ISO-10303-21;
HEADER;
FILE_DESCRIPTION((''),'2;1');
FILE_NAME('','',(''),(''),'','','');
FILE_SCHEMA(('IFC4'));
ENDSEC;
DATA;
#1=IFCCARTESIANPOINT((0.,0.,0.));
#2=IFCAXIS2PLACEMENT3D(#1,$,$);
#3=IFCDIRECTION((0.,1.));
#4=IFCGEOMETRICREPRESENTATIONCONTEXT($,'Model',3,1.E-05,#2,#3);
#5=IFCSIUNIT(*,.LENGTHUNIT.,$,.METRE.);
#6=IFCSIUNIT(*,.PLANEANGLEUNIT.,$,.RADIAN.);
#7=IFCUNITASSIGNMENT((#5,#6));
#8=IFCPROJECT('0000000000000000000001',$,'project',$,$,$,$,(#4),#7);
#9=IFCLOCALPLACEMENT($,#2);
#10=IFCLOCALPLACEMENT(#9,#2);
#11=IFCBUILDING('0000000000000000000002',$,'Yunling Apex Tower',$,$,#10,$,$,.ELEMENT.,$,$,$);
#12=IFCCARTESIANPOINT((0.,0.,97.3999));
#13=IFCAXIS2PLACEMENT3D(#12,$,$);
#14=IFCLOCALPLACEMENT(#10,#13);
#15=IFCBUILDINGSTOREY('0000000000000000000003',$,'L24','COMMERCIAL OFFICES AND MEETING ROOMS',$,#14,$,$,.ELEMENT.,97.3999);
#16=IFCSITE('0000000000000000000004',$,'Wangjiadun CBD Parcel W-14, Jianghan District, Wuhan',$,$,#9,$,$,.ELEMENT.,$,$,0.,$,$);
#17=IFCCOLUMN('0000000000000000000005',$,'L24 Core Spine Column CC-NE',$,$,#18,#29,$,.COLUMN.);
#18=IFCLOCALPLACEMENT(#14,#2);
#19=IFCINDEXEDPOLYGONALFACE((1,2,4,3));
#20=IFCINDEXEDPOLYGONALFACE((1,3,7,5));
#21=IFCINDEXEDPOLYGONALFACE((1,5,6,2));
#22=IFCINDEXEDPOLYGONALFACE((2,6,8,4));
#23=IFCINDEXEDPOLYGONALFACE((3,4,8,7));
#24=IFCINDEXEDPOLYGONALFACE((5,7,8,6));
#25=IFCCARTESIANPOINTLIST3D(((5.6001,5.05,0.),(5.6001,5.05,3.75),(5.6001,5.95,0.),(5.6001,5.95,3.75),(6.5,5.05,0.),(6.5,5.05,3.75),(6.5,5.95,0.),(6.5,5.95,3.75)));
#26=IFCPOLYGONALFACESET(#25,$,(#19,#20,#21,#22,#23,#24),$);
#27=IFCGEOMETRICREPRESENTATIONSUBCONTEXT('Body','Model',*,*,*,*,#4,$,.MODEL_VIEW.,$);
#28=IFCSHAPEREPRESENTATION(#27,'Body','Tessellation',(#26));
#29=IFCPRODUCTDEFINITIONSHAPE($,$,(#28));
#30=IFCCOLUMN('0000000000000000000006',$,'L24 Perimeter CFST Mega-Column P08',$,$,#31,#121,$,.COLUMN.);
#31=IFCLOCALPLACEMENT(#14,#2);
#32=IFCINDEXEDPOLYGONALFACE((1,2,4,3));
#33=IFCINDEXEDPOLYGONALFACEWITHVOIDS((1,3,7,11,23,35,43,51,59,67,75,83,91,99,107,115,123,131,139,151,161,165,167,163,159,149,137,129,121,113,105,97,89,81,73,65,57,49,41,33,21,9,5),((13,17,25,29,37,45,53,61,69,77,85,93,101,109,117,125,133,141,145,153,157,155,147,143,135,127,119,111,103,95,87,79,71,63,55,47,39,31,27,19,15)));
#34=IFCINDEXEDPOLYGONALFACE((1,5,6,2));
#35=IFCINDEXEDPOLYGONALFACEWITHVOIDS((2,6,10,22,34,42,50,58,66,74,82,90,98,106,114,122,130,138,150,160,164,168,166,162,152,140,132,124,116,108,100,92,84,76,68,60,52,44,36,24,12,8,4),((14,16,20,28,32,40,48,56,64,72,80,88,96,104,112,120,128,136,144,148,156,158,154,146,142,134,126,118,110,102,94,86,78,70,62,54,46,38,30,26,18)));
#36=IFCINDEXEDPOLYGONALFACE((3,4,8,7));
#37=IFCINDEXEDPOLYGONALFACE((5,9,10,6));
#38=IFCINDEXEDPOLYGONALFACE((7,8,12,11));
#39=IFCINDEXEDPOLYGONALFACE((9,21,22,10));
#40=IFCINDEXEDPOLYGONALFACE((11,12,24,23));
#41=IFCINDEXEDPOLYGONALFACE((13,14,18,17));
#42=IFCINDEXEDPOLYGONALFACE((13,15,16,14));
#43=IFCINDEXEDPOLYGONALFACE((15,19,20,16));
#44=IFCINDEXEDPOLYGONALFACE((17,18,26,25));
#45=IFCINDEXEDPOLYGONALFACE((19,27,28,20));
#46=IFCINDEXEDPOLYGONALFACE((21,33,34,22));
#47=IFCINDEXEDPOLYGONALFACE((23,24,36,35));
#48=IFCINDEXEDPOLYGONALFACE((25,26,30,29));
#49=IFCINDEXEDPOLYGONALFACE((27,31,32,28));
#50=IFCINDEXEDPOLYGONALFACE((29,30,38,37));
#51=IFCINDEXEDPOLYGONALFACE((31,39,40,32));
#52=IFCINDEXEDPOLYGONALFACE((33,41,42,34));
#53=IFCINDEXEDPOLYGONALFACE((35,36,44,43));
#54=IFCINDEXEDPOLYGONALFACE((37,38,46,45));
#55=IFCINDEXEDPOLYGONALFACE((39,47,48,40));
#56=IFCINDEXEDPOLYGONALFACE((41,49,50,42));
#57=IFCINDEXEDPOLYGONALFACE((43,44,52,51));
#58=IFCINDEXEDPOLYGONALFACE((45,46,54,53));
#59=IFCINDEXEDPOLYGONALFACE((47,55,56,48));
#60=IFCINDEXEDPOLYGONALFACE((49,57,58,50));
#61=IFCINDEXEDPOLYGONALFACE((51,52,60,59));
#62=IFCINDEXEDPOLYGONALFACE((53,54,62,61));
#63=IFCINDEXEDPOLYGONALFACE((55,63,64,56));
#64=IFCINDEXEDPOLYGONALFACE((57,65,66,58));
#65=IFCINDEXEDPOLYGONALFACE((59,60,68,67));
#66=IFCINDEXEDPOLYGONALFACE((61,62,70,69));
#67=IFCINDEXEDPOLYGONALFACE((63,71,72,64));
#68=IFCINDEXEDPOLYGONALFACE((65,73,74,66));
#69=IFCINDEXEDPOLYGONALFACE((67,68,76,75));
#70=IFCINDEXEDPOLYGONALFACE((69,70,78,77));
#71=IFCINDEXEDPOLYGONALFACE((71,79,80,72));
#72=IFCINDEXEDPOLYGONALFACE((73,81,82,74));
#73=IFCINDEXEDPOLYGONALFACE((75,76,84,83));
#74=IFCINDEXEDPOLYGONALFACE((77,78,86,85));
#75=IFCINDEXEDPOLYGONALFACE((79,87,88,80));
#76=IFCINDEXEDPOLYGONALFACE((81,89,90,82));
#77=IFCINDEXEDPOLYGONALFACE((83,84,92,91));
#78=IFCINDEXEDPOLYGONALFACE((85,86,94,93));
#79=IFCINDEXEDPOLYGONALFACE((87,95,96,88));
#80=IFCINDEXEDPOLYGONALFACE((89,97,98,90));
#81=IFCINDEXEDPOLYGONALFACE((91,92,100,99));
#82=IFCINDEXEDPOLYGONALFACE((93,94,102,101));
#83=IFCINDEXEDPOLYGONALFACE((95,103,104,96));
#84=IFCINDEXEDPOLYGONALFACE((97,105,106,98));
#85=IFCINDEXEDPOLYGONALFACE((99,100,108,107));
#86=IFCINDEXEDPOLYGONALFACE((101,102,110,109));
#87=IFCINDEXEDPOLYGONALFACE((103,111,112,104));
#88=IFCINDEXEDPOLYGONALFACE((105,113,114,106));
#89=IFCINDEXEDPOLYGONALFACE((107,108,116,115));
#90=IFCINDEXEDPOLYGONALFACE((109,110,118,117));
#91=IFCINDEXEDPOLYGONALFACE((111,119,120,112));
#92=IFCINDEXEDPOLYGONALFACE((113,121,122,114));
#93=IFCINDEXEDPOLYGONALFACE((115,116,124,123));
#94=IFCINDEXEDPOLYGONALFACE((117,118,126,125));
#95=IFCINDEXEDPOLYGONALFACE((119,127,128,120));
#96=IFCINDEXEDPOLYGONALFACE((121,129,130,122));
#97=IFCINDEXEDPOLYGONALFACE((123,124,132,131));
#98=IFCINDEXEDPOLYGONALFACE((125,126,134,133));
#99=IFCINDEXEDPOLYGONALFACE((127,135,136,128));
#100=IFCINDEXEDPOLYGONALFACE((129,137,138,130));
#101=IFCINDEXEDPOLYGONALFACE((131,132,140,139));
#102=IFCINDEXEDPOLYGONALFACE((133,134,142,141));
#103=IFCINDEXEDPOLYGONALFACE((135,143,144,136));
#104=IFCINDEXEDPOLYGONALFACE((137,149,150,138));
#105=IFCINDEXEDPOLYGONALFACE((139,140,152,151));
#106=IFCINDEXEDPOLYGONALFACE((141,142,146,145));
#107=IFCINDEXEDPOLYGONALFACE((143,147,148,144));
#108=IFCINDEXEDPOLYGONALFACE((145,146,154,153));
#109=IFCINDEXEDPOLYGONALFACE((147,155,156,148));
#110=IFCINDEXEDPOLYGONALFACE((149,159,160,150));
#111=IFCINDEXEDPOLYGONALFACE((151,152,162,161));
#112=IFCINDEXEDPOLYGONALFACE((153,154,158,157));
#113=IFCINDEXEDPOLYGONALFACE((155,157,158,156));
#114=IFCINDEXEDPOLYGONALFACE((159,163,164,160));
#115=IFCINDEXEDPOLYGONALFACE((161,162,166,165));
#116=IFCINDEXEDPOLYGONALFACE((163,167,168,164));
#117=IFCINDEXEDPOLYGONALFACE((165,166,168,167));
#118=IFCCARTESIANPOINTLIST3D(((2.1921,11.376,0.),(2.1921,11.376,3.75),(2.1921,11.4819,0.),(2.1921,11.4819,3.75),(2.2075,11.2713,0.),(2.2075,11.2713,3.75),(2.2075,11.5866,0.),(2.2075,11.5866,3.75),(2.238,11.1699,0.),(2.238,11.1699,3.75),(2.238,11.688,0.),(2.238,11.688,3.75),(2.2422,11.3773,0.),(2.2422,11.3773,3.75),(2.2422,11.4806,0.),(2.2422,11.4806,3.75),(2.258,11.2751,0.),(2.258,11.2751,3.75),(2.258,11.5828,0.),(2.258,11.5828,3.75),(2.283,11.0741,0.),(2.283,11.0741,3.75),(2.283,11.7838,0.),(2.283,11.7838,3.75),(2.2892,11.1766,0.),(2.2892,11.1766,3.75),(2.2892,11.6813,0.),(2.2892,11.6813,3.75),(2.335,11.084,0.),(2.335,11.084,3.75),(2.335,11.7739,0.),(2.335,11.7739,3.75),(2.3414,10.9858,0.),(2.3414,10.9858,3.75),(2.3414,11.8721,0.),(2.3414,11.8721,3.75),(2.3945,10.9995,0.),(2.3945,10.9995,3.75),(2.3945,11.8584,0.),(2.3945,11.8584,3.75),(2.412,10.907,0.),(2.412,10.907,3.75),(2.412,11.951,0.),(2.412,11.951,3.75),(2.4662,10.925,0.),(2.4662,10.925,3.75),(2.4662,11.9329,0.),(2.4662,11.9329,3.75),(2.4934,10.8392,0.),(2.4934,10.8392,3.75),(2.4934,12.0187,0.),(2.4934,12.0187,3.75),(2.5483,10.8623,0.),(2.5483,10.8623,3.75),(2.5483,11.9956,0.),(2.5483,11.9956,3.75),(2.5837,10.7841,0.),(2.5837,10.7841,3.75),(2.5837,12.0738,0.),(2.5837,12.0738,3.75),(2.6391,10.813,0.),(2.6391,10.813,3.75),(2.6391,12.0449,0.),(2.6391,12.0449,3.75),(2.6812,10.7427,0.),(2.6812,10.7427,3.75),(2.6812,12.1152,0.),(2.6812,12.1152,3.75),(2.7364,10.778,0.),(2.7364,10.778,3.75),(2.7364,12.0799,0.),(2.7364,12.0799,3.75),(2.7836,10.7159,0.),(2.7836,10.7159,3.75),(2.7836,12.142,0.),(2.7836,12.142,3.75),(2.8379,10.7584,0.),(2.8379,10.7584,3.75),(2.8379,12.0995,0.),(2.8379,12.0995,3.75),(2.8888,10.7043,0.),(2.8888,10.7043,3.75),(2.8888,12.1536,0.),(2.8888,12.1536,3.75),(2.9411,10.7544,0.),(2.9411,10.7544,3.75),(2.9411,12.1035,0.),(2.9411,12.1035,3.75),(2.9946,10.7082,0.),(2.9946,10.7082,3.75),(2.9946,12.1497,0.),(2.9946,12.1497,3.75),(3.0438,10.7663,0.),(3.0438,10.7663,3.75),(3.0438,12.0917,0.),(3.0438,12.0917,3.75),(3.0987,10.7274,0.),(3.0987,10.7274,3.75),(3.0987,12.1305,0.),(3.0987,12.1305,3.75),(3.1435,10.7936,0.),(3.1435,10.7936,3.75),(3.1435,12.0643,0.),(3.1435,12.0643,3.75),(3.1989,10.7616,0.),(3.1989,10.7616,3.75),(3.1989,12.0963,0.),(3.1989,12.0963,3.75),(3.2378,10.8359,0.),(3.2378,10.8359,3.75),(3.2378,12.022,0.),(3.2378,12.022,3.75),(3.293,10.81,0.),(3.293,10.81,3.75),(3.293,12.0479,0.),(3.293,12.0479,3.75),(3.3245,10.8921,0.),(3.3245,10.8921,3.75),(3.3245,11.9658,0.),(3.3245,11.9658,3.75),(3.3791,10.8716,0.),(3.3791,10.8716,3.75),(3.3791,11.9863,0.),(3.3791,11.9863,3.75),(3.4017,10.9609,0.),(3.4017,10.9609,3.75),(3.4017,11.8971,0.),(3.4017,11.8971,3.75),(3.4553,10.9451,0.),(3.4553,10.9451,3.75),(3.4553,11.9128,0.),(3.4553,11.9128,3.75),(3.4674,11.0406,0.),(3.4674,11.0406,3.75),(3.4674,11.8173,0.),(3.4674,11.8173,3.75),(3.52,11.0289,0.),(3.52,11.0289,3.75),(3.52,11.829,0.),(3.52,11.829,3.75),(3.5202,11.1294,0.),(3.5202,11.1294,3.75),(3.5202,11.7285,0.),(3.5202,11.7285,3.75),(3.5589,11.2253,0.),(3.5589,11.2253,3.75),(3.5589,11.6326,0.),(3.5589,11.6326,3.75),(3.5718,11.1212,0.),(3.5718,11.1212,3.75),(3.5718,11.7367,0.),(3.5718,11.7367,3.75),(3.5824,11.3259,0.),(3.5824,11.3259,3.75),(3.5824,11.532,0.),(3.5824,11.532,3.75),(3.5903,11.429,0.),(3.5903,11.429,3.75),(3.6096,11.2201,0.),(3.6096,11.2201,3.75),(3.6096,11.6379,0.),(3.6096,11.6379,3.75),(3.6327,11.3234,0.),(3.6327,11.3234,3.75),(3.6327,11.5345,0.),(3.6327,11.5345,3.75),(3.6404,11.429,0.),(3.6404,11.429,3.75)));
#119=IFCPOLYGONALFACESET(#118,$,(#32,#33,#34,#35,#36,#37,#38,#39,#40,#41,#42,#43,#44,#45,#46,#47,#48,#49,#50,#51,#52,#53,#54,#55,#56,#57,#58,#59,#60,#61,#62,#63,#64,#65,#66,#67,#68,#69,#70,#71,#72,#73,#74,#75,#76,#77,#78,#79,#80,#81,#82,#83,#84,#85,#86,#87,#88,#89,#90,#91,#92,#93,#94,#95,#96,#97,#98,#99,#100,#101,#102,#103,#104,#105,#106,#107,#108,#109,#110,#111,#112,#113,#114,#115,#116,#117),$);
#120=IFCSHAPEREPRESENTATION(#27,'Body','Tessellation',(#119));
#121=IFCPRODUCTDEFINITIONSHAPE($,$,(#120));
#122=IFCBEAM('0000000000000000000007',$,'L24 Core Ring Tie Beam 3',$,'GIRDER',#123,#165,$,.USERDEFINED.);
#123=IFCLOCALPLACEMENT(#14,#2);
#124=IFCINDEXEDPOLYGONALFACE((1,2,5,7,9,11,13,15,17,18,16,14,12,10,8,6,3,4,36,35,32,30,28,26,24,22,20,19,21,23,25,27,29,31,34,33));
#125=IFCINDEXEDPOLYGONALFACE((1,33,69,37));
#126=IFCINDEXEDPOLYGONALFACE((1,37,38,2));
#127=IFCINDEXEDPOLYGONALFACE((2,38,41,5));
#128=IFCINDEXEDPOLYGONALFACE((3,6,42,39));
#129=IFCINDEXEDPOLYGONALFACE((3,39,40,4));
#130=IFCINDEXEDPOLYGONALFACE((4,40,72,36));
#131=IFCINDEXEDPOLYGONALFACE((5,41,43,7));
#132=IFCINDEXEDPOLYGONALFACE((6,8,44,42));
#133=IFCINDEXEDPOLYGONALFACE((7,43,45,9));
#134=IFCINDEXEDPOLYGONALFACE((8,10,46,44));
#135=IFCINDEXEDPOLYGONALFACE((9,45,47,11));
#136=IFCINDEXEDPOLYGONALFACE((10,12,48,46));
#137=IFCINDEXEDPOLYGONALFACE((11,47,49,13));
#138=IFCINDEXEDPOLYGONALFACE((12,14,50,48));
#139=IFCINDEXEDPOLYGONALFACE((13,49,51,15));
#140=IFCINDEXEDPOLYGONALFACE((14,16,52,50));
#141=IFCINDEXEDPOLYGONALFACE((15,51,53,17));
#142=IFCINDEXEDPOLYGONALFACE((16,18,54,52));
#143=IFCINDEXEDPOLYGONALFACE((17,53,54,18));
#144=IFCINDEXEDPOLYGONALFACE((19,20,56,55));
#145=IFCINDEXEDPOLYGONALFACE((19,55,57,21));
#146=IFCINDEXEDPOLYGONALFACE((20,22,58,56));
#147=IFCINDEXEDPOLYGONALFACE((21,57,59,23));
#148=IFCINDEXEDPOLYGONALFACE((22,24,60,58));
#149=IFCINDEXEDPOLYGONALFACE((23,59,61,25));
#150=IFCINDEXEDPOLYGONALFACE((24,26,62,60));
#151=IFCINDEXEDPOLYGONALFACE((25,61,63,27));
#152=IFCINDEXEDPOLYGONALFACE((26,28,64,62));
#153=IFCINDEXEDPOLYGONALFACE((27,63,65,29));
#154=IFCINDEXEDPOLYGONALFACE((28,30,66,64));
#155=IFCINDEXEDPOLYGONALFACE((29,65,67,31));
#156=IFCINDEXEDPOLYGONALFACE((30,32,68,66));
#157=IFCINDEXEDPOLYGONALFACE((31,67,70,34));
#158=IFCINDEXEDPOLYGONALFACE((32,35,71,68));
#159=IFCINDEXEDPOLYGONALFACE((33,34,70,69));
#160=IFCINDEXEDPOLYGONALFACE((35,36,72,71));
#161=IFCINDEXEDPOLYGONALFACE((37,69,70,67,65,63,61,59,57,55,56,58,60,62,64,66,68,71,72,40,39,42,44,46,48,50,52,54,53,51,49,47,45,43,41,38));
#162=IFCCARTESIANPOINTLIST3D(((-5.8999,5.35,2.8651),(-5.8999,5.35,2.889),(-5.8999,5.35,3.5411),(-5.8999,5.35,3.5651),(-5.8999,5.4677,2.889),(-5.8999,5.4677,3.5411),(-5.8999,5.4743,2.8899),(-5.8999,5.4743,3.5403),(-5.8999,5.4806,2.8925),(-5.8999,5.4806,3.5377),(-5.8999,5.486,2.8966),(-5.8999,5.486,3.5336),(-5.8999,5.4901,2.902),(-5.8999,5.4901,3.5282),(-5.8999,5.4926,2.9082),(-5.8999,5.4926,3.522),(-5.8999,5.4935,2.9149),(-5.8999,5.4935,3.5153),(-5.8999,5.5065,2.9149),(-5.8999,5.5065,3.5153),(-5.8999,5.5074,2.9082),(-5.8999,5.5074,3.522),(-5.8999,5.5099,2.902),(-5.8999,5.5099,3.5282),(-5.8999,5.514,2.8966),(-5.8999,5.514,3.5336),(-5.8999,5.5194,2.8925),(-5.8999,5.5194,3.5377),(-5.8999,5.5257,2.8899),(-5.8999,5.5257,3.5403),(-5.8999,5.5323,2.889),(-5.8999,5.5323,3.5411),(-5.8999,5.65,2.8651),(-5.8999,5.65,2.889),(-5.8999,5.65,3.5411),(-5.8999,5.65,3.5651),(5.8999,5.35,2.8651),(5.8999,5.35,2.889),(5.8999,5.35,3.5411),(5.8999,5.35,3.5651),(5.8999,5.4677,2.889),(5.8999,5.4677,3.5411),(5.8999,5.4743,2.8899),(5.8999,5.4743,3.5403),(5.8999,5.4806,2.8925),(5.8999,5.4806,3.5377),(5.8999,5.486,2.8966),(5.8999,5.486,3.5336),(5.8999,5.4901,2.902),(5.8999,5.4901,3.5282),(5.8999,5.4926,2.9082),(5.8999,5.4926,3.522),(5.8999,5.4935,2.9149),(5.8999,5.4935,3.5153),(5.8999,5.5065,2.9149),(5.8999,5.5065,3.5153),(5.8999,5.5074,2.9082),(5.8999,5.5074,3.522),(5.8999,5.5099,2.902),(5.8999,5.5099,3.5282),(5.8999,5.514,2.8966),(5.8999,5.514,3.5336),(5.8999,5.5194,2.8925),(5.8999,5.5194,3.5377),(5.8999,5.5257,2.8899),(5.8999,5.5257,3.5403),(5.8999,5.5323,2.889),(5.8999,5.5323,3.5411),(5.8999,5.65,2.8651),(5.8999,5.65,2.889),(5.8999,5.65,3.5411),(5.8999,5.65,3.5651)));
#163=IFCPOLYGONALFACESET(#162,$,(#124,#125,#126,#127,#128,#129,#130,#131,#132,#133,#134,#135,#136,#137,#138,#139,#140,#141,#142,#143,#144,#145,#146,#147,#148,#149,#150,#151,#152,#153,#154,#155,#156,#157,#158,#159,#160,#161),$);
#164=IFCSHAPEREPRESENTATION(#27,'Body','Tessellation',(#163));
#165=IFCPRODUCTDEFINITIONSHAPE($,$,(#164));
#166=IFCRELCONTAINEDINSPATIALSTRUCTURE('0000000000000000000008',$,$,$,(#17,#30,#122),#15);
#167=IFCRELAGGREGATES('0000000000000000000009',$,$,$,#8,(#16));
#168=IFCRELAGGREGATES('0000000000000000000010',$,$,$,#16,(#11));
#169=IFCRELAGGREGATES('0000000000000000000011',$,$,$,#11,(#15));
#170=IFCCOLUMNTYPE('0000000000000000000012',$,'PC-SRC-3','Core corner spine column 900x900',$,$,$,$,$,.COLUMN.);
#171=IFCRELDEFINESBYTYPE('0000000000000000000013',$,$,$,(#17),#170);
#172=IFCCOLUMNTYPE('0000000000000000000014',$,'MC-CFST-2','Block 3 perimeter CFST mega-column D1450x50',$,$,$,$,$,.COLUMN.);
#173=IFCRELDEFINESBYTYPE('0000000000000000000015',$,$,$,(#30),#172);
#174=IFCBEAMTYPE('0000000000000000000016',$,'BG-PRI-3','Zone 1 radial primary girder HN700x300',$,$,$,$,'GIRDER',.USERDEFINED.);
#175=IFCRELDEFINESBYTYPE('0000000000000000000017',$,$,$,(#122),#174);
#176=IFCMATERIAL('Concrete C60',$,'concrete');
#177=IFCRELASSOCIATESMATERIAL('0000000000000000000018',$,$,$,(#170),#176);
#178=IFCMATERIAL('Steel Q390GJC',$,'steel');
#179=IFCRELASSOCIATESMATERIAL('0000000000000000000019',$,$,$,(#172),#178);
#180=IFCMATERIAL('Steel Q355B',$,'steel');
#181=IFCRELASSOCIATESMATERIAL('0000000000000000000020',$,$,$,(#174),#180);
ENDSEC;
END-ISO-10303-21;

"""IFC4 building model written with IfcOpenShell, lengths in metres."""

from ifc_helpers import new_model, si_unit, direction, frame, origin, origin_2d, place, context, subcontext, project, spatial, rectangle, hollow_circle, i_section, extrude, source, transform, mapped, material, material_profile, profile_set, type_object, element, save


model = new_model("IFC4")

# Units and contexts
model_context = context("Model", 3, precision=1e-05, world=origin(), true_north=direction((0.0, 1.0)))
body_context = subcontext(model_context, "Body", "Model", "MODEL_VIEW")
ifc_project = project(units=[si_unit("LENGTHUNIT", "METRE"), si_unit("PLANEANGLEUNIT", "RADIAN")], contexts=[model_context])

# Site, building, storey
site_placement = place(None, origin())
site = spatial("IfcSite", under=ifc_project, at=site_placement, Name="Wangjiadun CBD Parcel W-14, Jianghan District, Wuhan", CompositionType="ELEMENT", RefElevation=0.0)
building_placement = place(site_placement, origin())
building = spatial("IfcBuilding", under=site, at=building_placement, Name="Yunling Apex Tower", CompositionType="ELEMENT")
storey_placement = place(building_placement, frame((0.0, 0.0, 97.3999)))
storey = spatial("IfcBuildingStorey", under=building, at=storey_placement, Name="L24", Description="COMMERCIAL OFFICES AND MEETING ROOMS", CompositionType="ELEMENT", Elevation=97.3999)

# Columns
ifc_material_1 = material(Name="Concrete C60", Category="concrete")
ifc_material_profile_1 = material_profile(ifc_material_1, rectangle(XDim=0.8999, YDim=0.8999, at=origin_2d()))
ifc_profile_set_1 = profile_set([ifc_material_profile_1], Name="Concrete C60")
column_type_1 = type_object("IfcColumnType", Name="PC-SRC-3", Description="Core corner spine column 900x900", PredefinedType="COLUMN", material=ifc_profile_set_1)
shared_shape_1 = source(origin(), body_context, "Body", "SweptSolid", [
    extrude(rectangle(XDim=0.8999, YDim=0.8999, at=origin_2d()), origin(), (0.0, 0.0, 1.0), 3.75),
])
column_1_placement = place(storey_placement, frame((6.05, 5.5, 0.0), z_axis=(0.0, 0.0, 1.0), x_axis=(1.0, 0.0, 0.0)))
element("IfcColumn", 1, at=column_1_placement, inside=storey, type_object=column_type_1, Name="L24 Core Spine Column CC-NE", PredefinedType="COLUMN", context=body_context, shape_type="MappedRepresentation", body=[
    mapped(shared_shape_1, transform((0.0, 0.0, 0.0), scale=1.0)),
])
ifc_material_2 = material(Name="Steel Q390GJC", Category="steel")
ifc_material_profile_2 = material_profile(ifc_material_2, hollow_circle(Radius=0.7251, WallThickness=0.05, at=origin_2d()))
ifc_profile_set_2 = profile_set([ifc_material_profile_2], Name="Steel Q390GJC")
column_type_2 = type_object("IfcColumnType", Name="MC-CFST-2", Description="Block 3 perimeter CFST mega-column D1450x50", PredefinedType="COLUMN", material=ifc_profile_set_2)
shared_shape_2 = source(origin(), body_context, "Body", "SweptSolid", [
    extrude(hollow_circle(Radius=0.7251, WallThickness=0.05, at=origin_2d()), origin(), (0.0, 0.0, 1.0), 3.75),
])
column_2_placement = place(storey_placement, frame((2.9153, 11.429, 0.0), z_axis=(0.0, 0.0, 1.0), x_axis=(1.0, 0.0, 0.0)))
element("IfcColumn", 2, at=column_2_placement, inside=storey, type_object=column_type_2, Name="L24 Perimeter CFST Mega-Column P08", PredefinedType="COLUMN", context=body_context, shape_type="MappedRepresentation", body=[
    mapped(shared_shape_2, transform((0.0, 0.0, 0.0), scale=1.0)),
])

# Beam
ifc_material_3 = material(Name="Steel Q355B", Category="steel")
ifc_material_profile_3 = material_profile(ifc_material_3, i_section(OverallWidth=0.3, OverallDepth=0.7, WebThickness=0.0129, FlangeThickness=0.0239, FilletRadius=0.0259, at=origin_2d()))
ifc_profile_set_3 = profile_set([ifc_material_profile_3], Name="Steel Q355B")
beam_type_1 = type_object("IfcBeamType", Name="BG-PRI-3", Description="Zone 1 radial primary girder HN700x300", ElementType="GIRDER", PredefinedType="USERDEFINED", material=ifc_profile_set_3)
shared_shape_3 = source(origin(), body_context, "Body", "SweptSolid", [
    extrude(i_section(OverallWidth=0.3, OverallDepth=0.7, WebThickness=0.0129, FlangeThickness=0.0239, FilletRadius=0.0259, at=origin_2d()), origin(), (0.0, 0.0, 1.0), 11.7998),
])
beam_1_placement = place(storey_placement, frame((5.8999, 5.5, 3.2151), z_axis=(-1.0, 0.0, 0.0), x_axis=(0.0, -1.0, 0.0)))
element("IfcBeam", 3, at=beam_1_placement, inside=storey, type_object=beam_type_1, Name="L24 Core Ring Tie Beam 3", ObjectType="GIRDER", PredefinedType="USERDEFINED", context=body_context, shape_type="MappedRepresentation", body=[
    mapped(shared_shape_3, transform((0.0, 0.0, 0.0), scale=1.0)),
])

save(model, "model.ifc")
